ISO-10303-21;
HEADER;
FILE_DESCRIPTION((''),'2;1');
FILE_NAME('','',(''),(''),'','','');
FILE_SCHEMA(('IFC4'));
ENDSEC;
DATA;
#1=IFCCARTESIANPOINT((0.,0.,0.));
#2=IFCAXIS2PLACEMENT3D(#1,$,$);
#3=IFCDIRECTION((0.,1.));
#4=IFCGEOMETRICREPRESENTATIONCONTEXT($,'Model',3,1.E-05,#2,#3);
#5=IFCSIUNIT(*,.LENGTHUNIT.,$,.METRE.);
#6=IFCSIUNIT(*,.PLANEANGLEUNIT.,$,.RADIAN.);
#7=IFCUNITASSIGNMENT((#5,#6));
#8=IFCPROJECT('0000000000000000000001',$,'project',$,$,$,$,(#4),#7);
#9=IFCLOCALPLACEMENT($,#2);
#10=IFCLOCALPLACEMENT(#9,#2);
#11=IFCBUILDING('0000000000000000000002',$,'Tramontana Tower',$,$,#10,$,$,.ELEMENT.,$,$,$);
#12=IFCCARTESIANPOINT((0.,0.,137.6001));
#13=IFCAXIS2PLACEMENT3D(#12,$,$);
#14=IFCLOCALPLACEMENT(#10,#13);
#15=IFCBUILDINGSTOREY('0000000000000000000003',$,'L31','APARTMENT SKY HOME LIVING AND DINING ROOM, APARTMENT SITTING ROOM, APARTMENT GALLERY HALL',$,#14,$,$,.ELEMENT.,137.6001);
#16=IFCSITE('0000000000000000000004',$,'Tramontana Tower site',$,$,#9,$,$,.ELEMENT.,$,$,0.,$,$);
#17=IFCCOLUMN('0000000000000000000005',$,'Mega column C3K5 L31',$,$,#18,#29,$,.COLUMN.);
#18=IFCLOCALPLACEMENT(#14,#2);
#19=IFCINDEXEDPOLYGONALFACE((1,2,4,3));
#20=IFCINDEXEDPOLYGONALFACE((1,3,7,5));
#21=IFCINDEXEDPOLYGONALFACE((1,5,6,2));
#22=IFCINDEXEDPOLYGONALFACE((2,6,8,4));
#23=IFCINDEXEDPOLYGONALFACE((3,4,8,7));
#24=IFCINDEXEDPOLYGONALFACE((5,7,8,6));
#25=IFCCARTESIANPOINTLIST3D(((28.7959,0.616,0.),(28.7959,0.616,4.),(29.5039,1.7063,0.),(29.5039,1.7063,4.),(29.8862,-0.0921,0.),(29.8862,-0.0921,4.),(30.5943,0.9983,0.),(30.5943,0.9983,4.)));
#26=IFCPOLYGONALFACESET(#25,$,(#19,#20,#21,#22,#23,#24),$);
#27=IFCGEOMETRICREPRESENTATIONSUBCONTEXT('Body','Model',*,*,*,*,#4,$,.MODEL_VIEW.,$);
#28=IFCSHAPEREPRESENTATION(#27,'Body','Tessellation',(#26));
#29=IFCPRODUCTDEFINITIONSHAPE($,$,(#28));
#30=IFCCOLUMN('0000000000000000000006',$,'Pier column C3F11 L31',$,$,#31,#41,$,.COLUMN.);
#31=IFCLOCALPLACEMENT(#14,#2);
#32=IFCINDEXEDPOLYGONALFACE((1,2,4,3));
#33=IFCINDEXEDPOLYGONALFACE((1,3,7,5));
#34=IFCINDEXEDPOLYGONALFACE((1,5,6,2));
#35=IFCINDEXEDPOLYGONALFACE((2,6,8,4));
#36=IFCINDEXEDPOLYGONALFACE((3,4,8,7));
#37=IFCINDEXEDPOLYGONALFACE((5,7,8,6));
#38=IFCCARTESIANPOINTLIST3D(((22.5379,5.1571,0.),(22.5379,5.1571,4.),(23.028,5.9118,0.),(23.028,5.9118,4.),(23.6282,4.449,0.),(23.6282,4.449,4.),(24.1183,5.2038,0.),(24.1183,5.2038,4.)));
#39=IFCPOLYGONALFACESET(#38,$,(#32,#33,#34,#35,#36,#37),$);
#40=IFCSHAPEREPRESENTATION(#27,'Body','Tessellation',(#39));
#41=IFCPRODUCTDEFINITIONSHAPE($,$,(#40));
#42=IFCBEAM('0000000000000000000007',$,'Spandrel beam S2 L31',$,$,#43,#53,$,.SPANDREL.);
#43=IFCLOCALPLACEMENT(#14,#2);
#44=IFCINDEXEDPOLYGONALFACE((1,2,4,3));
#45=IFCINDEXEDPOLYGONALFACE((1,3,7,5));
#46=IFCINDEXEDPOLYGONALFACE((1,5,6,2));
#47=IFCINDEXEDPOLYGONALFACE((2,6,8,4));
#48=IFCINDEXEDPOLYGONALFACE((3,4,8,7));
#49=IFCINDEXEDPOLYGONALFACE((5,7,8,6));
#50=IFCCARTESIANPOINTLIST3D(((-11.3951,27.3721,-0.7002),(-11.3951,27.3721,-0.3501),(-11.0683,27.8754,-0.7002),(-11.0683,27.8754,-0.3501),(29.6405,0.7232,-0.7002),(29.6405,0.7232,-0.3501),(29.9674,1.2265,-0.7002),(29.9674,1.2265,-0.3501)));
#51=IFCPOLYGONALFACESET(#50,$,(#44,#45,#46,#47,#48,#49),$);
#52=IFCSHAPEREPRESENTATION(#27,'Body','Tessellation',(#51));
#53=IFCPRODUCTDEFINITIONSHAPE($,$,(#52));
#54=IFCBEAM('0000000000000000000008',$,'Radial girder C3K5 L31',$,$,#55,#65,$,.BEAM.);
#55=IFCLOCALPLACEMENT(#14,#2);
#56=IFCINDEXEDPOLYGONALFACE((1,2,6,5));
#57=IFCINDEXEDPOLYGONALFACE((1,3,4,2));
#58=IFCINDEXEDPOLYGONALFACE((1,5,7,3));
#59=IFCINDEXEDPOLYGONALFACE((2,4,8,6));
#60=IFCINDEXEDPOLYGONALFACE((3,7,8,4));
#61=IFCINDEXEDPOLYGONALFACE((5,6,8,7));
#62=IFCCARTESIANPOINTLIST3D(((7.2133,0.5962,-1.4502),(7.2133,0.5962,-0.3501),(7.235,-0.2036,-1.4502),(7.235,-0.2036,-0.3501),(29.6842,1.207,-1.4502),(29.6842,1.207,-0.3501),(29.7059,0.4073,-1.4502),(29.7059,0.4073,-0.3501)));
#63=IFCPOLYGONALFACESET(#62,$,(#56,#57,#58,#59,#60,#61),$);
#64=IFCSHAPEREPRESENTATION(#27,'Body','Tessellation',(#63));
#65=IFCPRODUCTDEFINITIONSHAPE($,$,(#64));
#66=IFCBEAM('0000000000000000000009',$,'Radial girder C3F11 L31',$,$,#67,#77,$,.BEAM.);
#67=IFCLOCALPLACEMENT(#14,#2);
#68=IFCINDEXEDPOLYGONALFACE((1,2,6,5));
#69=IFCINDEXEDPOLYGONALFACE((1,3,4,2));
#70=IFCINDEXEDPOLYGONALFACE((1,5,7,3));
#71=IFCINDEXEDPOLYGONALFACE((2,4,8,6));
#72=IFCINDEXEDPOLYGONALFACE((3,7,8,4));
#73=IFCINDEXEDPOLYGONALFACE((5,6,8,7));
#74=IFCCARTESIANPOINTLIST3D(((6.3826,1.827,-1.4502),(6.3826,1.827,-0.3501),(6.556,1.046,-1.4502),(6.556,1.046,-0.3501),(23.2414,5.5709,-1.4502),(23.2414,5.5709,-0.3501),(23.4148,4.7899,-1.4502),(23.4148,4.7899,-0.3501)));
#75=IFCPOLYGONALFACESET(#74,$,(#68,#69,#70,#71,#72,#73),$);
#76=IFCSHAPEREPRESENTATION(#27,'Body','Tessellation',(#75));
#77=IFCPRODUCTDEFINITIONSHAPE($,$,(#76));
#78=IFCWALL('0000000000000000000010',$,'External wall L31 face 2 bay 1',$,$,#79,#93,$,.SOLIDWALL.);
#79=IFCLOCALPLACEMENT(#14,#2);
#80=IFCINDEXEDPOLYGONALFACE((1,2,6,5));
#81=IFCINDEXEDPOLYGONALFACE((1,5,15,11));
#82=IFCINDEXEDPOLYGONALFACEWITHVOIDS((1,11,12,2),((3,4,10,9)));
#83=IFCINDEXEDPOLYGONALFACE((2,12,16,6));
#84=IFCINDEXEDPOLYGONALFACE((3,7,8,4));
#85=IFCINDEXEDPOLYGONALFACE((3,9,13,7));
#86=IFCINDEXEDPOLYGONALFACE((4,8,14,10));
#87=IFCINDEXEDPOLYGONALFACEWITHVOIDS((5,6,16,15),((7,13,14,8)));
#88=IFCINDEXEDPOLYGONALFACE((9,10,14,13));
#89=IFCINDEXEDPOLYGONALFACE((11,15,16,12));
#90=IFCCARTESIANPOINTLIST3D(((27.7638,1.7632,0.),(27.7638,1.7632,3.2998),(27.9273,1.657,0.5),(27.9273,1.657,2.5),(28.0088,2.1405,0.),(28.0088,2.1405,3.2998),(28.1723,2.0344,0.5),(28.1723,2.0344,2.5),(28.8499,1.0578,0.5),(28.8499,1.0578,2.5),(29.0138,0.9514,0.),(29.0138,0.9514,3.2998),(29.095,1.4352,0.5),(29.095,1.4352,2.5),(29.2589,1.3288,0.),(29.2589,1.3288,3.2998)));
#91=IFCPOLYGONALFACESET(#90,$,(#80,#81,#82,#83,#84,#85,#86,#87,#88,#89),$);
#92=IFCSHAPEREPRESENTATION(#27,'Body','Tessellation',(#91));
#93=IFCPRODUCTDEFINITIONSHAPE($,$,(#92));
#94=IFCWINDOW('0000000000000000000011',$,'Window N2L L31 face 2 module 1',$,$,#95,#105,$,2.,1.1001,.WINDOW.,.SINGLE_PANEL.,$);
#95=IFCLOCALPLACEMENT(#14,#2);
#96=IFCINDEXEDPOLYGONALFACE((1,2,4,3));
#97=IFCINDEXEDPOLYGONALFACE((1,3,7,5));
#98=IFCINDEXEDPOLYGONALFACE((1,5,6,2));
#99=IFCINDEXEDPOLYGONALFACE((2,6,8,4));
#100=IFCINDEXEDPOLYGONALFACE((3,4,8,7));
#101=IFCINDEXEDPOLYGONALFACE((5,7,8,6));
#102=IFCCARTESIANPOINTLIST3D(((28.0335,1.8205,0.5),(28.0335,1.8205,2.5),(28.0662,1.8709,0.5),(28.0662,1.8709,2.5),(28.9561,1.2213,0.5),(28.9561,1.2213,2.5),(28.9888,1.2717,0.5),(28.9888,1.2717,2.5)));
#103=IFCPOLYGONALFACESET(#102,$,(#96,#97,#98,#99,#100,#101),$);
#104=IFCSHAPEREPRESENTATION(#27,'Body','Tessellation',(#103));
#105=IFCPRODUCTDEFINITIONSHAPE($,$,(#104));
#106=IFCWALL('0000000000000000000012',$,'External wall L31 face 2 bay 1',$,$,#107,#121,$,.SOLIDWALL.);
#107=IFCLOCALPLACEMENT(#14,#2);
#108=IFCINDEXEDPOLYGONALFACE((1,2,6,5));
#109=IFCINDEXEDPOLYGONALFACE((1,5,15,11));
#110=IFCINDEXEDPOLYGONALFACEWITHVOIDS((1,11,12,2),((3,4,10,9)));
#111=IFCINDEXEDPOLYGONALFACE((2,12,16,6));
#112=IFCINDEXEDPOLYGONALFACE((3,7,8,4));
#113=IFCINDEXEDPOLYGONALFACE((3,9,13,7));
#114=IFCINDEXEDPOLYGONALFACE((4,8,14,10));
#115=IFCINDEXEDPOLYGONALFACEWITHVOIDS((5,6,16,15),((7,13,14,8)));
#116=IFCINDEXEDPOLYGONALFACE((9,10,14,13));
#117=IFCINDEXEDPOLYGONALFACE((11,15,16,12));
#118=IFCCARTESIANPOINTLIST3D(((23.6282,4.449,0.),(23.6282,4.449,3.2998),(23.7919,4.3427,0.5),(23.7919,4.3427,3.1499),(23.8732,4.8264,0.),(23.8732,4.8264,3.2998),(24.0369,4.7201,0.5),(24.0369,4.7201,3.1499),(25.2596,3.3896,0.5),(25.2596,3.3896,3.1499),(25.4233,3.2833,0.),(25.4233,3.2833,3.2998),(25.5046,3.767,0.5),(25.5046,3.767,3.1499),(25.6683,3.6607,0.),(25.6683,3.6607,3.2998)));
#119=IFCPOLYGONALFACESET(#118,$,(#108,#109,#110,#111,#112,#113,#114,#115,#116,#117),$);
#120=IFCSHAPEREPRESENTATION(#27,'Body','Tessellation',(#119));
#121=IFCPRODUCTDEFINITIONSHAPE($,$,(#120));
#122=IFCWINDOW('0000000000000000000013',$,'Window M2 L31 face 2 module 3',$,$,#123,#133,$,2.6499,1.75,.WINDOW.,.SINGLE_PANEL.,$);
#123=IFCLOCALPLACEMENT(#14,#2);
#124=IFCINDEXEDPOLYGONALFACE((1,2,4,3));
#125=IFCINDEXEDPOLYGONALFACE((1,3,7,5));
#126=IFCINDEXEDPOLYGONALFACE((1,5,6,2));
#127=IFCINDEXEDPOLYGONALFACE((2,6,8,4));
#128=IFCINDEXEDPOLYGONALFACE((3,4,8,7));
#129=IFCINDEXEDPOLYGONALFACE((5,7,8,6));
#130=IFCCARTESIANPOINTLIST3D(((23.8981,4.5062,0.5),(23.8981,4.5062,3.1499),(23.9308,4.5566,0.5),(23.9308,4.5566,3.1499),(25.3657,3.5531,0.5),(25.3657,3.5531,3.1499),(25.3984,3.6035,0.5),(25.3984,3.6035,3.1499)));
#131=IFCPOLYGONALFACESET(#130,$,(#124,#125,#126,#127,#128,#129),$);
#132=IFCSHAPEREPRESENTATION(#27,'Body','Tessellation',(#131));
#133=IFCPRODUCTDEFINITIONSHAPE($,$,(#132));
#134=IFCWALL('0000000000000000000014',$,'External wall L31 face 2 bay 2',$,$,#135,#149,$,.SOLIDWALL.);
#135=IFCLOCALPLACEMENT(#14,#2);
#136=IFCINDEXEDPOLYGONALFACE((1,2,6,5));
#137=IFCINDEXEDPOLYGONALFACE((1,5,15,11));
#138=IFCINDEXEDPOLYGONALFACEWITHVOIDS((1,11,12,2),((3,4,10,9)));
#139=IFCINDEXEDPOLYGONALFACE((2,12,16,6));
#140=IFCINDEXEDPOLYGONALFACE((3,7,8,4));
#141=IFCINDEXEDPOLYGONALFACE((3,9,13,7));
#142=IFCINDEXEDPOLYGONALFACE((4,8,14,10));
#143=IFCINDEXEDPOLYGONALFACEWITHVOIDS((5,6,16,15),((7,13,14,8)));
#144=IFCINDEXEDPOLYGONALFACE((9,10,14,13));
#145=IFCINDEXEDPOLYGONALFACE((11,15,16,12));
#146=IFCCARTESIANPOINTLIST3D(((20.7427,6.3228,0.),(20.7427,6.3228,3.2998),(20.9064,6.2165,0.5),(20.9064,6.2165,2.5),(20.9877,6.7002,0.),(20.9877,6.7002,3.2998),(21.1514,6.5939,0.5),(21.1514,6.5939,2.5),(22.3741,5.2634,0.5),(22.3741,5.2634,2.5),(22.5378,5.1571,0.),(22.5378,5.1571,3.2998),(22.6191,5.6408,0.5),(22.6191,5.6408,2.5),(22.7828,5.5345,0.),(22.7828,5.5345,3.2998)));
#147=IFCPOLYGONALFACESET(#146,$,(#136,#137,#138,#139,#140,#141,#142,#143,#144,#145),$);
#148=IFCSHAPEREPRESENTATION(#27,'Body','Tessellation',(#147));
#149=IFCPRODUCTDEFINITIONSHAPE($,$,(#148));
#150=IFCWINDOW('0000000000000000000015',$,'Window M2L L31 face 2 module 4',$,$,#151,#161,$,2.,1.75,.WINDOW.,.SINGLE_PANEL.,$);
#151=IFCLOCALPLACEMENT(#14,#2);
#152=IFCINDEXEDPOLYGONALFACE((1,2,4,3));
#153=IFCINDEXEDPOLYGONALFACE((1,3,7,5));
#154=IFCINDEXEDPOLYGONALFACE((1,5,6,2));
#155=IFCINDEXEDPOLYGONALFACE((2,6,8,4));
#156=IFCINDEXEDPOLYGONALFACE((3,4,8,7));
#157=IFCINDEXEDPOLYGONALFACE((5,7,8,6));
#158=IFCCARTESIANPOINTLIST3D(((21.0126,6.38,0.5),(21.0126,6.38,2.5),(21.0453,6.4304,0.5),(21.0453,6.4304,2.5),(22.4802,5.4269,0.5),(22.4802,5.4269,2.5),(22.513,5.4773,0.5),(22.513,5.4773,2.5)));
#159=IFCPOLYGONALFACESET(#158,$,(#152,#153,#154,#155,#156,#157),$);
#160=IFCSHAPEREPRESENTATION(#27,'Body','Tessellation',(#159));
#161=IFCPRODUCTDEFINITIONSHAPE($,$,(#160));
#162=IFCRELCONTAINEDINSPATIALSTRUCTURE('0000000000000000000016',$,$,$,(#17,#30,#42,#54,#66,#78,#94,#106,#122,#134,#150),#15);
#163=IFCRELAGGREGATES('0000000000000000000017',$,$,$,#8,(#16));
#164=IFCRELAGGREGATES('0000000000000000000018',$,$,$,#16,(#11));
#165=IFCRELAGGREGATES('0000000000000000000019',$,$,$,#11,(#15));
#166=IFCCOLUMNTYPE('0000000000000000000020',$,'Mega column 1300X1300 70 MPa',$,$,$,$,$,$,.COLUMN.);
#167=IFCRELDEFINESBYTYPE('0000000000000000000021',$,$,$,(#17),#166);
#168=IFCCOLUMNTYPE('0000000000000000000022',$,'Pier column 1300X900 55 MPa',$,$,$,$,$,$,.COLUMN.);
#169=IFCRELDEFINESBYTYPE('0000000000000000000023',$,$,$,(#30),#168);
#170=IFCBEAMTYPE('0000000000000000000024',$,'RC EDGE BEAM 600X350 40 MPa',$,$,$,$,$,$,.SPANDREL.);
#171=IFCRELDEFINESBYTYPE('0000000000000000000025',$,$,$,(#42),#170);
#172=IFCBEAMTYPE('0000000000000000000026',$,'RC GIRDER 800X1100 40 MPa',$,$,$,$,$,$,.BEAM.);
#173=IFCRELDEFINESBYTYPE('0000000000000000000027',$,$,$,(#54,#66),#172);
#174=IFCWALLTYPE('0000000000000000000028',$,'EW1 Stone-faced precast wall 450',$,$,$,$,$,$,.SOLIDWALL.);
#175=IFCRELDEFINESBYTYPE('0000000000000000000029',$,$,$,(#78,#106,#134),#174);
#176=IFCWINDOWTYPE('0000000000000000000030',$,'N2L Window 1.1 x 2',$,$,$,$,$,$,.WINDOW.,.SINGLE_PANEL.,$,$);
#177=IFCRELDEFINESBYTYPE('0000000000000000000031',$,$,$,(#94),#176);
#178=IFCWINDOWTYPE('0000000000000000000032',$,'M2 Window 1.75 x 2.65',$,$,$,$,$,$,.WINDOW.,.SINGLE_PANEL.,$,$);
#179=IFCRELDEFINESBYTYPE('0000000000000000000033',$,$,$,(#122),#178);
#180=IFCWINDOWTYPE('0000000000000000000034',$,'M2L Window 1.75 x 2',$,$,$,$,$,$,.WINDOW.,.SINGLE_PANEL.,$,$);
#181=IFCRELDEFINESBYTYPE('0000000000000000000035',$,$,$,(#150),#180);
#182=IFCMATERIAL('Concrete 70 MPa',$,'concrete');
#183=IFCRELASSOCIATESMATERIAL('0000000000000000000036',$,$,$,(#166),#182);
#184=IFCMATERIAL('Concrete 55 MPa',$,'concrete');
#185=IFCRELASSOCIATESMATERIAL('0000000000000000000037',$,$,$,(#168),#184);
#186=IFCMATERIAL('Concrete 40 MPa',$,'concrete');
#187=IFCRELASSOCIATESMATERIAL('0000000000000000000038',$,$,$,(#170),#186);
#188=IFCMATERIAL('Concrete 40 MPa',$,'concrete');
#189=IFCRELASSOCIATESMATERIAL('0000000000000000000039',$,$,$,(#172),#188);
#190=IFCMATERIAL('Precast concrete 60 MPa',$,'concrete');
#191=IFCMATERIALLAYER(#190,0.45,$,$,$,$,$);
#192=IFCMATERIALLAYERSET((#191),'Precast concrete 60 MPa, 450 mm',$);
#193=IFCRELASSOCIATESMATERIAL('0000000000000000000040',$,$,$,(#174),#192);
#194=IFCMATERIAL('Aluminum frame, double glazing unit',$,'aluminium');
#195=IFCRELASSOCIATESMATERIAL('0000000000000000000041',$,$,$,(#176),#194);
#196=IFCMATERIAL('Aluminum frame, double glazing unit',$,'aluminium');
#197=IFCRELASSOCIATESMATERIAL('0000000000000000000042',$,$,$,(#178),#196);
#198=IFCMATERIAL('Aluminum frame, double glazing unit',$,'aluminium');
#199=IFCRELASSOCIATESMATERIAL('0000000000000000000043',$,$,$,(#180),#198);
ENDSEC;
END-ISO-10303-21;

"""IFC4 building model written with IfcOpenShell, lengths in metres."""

from ifc_helpers import new_model, si_unit, direction, frame, frame_2d, origin, origin_2d, place, context, subcontext, project, spatial, rectangle, extrude, material, layer, layer_set, material_profile, profile_set, type_object, element, fill, save


model = new_model("IFC4")

# Units and contexts
model_context = context("Model", 3, precision=1e-05, world=origin(), true_north=direction((0.0, 1.0)))
body_context = subcontext(model_context, "Body", "Model", "MODEL_VIEW")
ifc_project = project(units=[si_unit("LENGTHUNIT", "METRE"), si_unit("PLANEANGLEUNIT", "RADIAN")], contexts=[model_context])

# Site, building, storey
site_placement = place(None, origin())
site = spatial("IfcSite", under=ifc_project, at=site_placement, Name="Tramontana Tower site", CompositionType="ELEMENT", RefElevation=0.0)
building_placement = place(site_placement, origin())
building = spatial("IfcBuilding", under=site, at=building_placement, Name="Tramontana Tower", CompositionType="ELEMENT")
storey_placement = place(building_placement, frame((0.0, 0.0, 137.6001)))
storey = spatial("IfcBuildingStorey", under=building, at=storey_placement, Name="L31", Description="APARTMENT SKY HOME LIVING AND DINING ROOM, APARTMENT SITTING ROOM, APARTMENT GALLERY HALL", CompositionType="ELEMENT", Elevation=137.6001)

# Columns
ifc_material_1 = material(Name="Concrete 70 MPa", Category="concrete")
ifc_material_profile_1 = material_profile(ifc_material_1, rectangle(XDim=1.3, YDim=1.3, at=origin_2d()), Name="Mega column 1300X1300 70 MPa")
ifc_profile_set_1 = profile_set([ifc_material_profile_1], Name="Concrete 70 MPa")
column_type_1 = type_object("IfcColumnType", Name="Mega column 1300X1300 70 MPa", PredefinedType="COLUMN", material=ifc_profile_set_1)
column_1_placement = place(storey_placement, frame((29.6951, 0.8071, 0.0), z_axis=(0.0, 0.0, 1.0), x_axis=(-0.838671, 0.544639, 0.0)))
element("IfcColumn", 1, at=column_1_placement, inside=storey, type_object=column_type_1, Name="Mega column C3K5 L31", PredefinedType="COLUMN", context=body_context, shape_type="SweptSolid", body=[
    extrude(rectangle(XDim=1.3, YDim=1.3, at=origin_2d()), origin(), (0.0, 0.0, 1.0), 4.0),
])
ifc_material_2 = material(Name="Concrete 55 MPa", Category="concrete")
ifc_material_profile_2 = material_profile(ifc_material_2, rectangle(XDim=1.3, YDim=0.8999, at=origin_2d()), Name="Pier column 1300X900 55 MPa")
ifc_profile_set_2 = profile_set([ifc_material_profile_2], Name="Concrete 55 MPa")
column_type_2 = type_object("IfcColumnType", Name="Pier column 1300X900 55 MPa", PredefinedType="COLUMN", material=ifc_profile_set_2)
column_2_placement = place(storey_placement, frame((23.3281, 5.1804, 0.0), z_axis=(0.0, 0.0, 1.0), x_axis=(-0.838671, 0.544639, 0.0)))
element("IfcColumn", 2, at=column_2_placement, inside=storey, type_object=column_type_2, Name="Pier column C3F11 L31", PredefinedType="COLUMN", context=body_context, shape_type="SweptSolid", body=[
    extrude(rectangle(XDim=1.3, YDim=0.8999, at=origin_2d()), origin(), (0.0, 0.0, 1.0), 4.0),
])

# Beams
ifc_material_3 = material(Name="Concrete 40 MPa", Category="concrete")
ifc_material_profile_3 = material_profile(ifc_material_3, rectangle(XDim=0.6001, YDim=0.3501, at=origin_2d()), Name="RC EDGE BEAM 600X350 40 MPa")
ifc_profile_set_3 = profile_set([ifc_material_profile_3], Name="Concrete 40 MPa")
beam_type_1 = type_object("IfcBeamType", Name="RC EDGE BEAM 600X350 40 MPa", PredefinedType="SPANDREL", material=ifc_profile_set_3)
beam_1_placement = place(storey_placement, frame((29.804, 0.9749, -0.5251), z_axis=(-0.83867, 0.54464, 0.0), x_axis=(-0.54464, -0.83867, 0.0)))
element("IfcBeam", 3, at=beam_1_placement, inside=storey, type_object=beam_type_1, Name="Spandrel beam S2 L31", PredefinedType="SPANDREL", context=body_context, shape_type="SweptSolid", body=[
    extrude(rectangle(XDim=0.6001, YDim=0.3501, at=origin_2d()), origin(), (0.0, 0.0, 1.0), 48.9294),
])
ifc_material_4 = material(Name="Concrete 40 MPa", Category="concrete")
ifc_material_profile_4 = material_profile(ifc_material_4, rectangle(XDim=0.8, YDim=1.1001, at=origin_2d()), Name="RC GIRDER 800X1100 40 MPa")
ifc_profile_set_4 = profile_set([ifc_material_profile_4], Name="Concrete 40 MPa")
beam_type_2 = type_object("IfcBeamType", Name="RC GIRDER 800X1100 40 MPa", PredefinedType="BEAM", material=ifc_profile_set_4)
beam_2_placement = place(storey_placement, frame((29.6951, 0.8071, -0.9001), z_axis=(-0.999631, -0.027173, 0.0), x_axis=(0.027173, -0.999631, 0.0)))
element("IfcBeam", 4, at=beam_2_placement, inside=storey, type_object=beam_type_2, Name="Radial girder C3K5 L31", PredefinedType="BEAM", context=body_context, shape_type="SweptSolid", body=[
    extrude(rectangle(XDim=0.8, YDim=1.1001, at=origin_2d()), origin(), (0.0, 0.0, 1.0), 22.4792),
])
beam_3_placement = place(storey_placement, frame((23.3281, 5.1804, -0.9001), z_axis=(-0.976218, -0.216791, 0.0), x_axis=(0.216791, -0.976218, 0.0)))
element("IfcBeam", 5, at=beam_3_placement, inside=storey, type_object=beam_type_2, Name="Radial girder C3F11 L31", PredefinedType="BEAM", context=body_context, shape_type="SweptSolid", body=[
    extrude(rectangle(XDim=0.8, YDim=1.1001, at=origin_2d()), origin(), (0.0, 0.0, 1.0), 17.2695),
])

# Walls, openings, windows
ifc_material_5 = material(Name="Precast concrete 60 MPa", Category="concrete")
ifc_layer_1 = layer(ifc_material_5, 0.45)
ifc_layer_set_1 = layer_set([ifc_layer_1], Name="Precast concrete 60 MPa, 450 mm")
wall_type_1 = type_object("IfcWallType", Name="EW1 Stone-faced precast wall 450", PredefinedType="SOLIDWALL", material=ifc_layer_set_1)
wall_1_placement = place(storey_placement, frame((29.1362, 1.1401, 0.0), z_axis=(0.0, 0.0, 1.0), x_axis=(-0.838668, 0.544643, 0.0)))
wall_1 = element("IfcWall", 6, at=wall_1_placement, inside=storey, type_object=wall_type_1, Name="External wall L31 face 2 bay 1", PredefinedType="SOLIDWALL", context=body_context, shape_type="SweptSolid", body=[
    extrude(rectangle(XDim=1.4905, YDim=0.45, at=frame_2d((0.7451, 0.0))), origin(), (0.0, 0.0, 1.0), 3.2998),
])
opening_1_placement = place(wall_1_placement, frame((0.1953, 0.0, 0.5)))
opening_1 = element("IfcOpeningElement", 7, at=opening_1_placement, cuts=wall_1, PredefinedType="OPENING", context=body_context, shape_type="SweptSolid", body=[
    extrude(rectangle(XDim=1.1001, YDim=2.0, at=frame_2d((0.55, 1.0))), frame((0.0, 0.2349, 0.0), z_axis=(0.0, -1.0, 0.0), x_axis=(1.0, 0.0, 0.0)), (0.0, 0.0, 1.0), 0.47),
])
ifc_material_6 = material(Name="Aluminum frame, double glazing unit", Category="aluminium")
window_type_1 = type_object("IfcWindowType", Name="N2L Window 1.1 x 2", PartitioningType="SINGLE_PANEL", PredefinedType="WINDOW", material=ifc_material_6)
window_1_placement = place(opening_1_placement, origin())
window_1 = element("IfcWindow", 8, at=window_1_placement, inside=storey, type_object=window_type_1, Name="Window N2L L31 face 2 module 1", OverallHeight=2.0, OverallWidth=1.1001, PartitioningType="SINGLE_PANEL", PredefinedType="WINDOW", context=body_context, shape_type="SweptSolid", body=[
    extrude(rectangle(XDim=1.1001, YDim=2.0, at=frame_2d((0.55, 1.0))), frame((0.0, 0.03, 0.0), z_axis=(0.0, -1.0, 0.0), x_axis=(1.0, 0.0, 0.0)), (0.0, 0.0, 1.0), 0.0601),
])
fill(opening_1, window_1)
wall_2_placement = place(storey_placement, frame((25.5459, 3.4719, 0.0), z_axis=(0.0, 0.0, 1.0), x_axis=(-0.838675, 0.544631, 0.0)))
wall_2 = element("IfcWall", 9, at=wall_2_placement, inside=storey, type_object=wall_type_1, Name="External wall L31 face 2 bay 1", PredefinedType="SOLIDWALL", context=body_context, shape_type="SweptSolid", body=[
    extrude(rectangle(XDim=2.1404, YDim=0.45, at=frame_2d((1.0703, 0.0))), origin(), (0.0, 0.0, 1.0), 3.2998),
])
opening_2_placement = place(wall_2_placement, frame((0.1953, 0.0, 0.5)))
opening_2 = element("IfcOpeningElement", 10, at=opening_2_placement, cuts=wall_2, PredefinedType="OPENING", context=body_context, shape_type="SweptSolid", body=[
    extrude(rectangle(XDim=1.75, YDim=2.6499, at=frame_2d((0.875, 1.325))), frame((0.0, 0.2349, 0.0), z_axis=(0.0, -1.0, 0.0), x_axis=(1.0, 0.0, 0.0)), (0.0, 0.0, 1.0), 0.47),
])
ifc_material_7 = material(Name="Aluminum frame, double glazing unit", Category="aluminium")
window_type_2 = type_object("IfcWindowType", Name="M2 Window 1.75 x 2.65", PartitioningType="SINGLE_PANEL", PredefinedType="WINDOW", material=ifc_material_7)
window_2_placement = place(opening_2_placement, origin())
window_2 = element("IfcWindow", 11, at=window_2_placement, inside=storey, type_object=window_type_2, Name="Window M2 L31 face 2 module 3", OverallHeight=2.6499, OverallWidth=1.75, PartitioningType="SINGLE_PANEL", PredefinedType="WINDOW", context=body_context, shape_type="SweptSolid", body=[
    extrude(rectangle(XDim=1.75, YDim=2.6499, at=frame_2d((0.875, 1.325))), frame((0.0, 0.03, 0.0), z_axis=(0.0, -1.0, 0.0), x_axis=(1.0, 0.0, 0.0)), (0.0, 0.0, 1.0), 0.0601),
])
fill(opening_2, window_2)
wall_3_placement = place(storey_placement, frame((22.6604, 5.3457, 0.0), z_axis=(0.0, 0.0, 1.0), x_axis=(-0.838675, 0.544631, 0.0)))
wall_3 = element("IfcWall", 12, at=wall_3_placement, inside=storey, type_object=wall_type_1, Name="External wall L31 face 2 bay 2", PredefinedType="SOLIDWALL", context=body_context, shape_type="SweptSolid", body=[
    extrude(rectangle(XDim=2.1404, YDim=0.45, at=frame_2d((1.0703, 0.0))), origin(), (0.0, 0.0, 1.0), 3.2998),
])
opening_3_placement = place(wall_3_placement, frame((0.1953, 0.0, 0.5)))
opening_3 = element("IfcOpeningElement", 13, at=opening_3_placement, cuts=wall_3, PredefinedType="OPENING", context=body_context, shape_type="SweptSolid", body=[
    extrude(rectangle(XDim=1.75, YDim=2.0, at=frame_2d((0.875, 1.0))), frame((0.0, 0.2349, 0.0), z_axis=(0.0, -1.0, 0.0), x_axis=(1.0, 0.0, 0.0)), (0.0, 0.0, 1.0), 0.47),
])
ifc_material_8 = material(Name="Aluminum frame, double glazing unit", Category="aluminium")
window_type_3 = type_object("IfcWindowType", Name="M2L Window 1.75 x 2", PartitioningType="SINGLE_PANEL", PredefinedType="WINDOW", material=ifc_material_8)
window_3_placement = place(opening_3_placement, origin())
window_3 = element("IfcWindow", 14, at=window_3_placement, inside=storey, type_object=window_type_3, Name="Window M2L L31 face 2 module 4", OverallHeight=2.0, OverallWidth=1.75, PartitioningType="SINGLE_PANEL", PredefinedType="WINDOW", context=body_context, shape_type="SweptSolid", body=[
    extrude(rectangle(XDim=1.75, YDim=2.0, at=frame_2d((0.875, 1.0))), frame((0.0, 0.03, 0.0), z_axis=(0.0, -1.0, 0.0), x_axis=(1.0, 0.0, 0.0)), (0.0, 0.0, 1.0), 0.0601),
])
fill(opening_3, window_3)

save(model, "model.ifc")
